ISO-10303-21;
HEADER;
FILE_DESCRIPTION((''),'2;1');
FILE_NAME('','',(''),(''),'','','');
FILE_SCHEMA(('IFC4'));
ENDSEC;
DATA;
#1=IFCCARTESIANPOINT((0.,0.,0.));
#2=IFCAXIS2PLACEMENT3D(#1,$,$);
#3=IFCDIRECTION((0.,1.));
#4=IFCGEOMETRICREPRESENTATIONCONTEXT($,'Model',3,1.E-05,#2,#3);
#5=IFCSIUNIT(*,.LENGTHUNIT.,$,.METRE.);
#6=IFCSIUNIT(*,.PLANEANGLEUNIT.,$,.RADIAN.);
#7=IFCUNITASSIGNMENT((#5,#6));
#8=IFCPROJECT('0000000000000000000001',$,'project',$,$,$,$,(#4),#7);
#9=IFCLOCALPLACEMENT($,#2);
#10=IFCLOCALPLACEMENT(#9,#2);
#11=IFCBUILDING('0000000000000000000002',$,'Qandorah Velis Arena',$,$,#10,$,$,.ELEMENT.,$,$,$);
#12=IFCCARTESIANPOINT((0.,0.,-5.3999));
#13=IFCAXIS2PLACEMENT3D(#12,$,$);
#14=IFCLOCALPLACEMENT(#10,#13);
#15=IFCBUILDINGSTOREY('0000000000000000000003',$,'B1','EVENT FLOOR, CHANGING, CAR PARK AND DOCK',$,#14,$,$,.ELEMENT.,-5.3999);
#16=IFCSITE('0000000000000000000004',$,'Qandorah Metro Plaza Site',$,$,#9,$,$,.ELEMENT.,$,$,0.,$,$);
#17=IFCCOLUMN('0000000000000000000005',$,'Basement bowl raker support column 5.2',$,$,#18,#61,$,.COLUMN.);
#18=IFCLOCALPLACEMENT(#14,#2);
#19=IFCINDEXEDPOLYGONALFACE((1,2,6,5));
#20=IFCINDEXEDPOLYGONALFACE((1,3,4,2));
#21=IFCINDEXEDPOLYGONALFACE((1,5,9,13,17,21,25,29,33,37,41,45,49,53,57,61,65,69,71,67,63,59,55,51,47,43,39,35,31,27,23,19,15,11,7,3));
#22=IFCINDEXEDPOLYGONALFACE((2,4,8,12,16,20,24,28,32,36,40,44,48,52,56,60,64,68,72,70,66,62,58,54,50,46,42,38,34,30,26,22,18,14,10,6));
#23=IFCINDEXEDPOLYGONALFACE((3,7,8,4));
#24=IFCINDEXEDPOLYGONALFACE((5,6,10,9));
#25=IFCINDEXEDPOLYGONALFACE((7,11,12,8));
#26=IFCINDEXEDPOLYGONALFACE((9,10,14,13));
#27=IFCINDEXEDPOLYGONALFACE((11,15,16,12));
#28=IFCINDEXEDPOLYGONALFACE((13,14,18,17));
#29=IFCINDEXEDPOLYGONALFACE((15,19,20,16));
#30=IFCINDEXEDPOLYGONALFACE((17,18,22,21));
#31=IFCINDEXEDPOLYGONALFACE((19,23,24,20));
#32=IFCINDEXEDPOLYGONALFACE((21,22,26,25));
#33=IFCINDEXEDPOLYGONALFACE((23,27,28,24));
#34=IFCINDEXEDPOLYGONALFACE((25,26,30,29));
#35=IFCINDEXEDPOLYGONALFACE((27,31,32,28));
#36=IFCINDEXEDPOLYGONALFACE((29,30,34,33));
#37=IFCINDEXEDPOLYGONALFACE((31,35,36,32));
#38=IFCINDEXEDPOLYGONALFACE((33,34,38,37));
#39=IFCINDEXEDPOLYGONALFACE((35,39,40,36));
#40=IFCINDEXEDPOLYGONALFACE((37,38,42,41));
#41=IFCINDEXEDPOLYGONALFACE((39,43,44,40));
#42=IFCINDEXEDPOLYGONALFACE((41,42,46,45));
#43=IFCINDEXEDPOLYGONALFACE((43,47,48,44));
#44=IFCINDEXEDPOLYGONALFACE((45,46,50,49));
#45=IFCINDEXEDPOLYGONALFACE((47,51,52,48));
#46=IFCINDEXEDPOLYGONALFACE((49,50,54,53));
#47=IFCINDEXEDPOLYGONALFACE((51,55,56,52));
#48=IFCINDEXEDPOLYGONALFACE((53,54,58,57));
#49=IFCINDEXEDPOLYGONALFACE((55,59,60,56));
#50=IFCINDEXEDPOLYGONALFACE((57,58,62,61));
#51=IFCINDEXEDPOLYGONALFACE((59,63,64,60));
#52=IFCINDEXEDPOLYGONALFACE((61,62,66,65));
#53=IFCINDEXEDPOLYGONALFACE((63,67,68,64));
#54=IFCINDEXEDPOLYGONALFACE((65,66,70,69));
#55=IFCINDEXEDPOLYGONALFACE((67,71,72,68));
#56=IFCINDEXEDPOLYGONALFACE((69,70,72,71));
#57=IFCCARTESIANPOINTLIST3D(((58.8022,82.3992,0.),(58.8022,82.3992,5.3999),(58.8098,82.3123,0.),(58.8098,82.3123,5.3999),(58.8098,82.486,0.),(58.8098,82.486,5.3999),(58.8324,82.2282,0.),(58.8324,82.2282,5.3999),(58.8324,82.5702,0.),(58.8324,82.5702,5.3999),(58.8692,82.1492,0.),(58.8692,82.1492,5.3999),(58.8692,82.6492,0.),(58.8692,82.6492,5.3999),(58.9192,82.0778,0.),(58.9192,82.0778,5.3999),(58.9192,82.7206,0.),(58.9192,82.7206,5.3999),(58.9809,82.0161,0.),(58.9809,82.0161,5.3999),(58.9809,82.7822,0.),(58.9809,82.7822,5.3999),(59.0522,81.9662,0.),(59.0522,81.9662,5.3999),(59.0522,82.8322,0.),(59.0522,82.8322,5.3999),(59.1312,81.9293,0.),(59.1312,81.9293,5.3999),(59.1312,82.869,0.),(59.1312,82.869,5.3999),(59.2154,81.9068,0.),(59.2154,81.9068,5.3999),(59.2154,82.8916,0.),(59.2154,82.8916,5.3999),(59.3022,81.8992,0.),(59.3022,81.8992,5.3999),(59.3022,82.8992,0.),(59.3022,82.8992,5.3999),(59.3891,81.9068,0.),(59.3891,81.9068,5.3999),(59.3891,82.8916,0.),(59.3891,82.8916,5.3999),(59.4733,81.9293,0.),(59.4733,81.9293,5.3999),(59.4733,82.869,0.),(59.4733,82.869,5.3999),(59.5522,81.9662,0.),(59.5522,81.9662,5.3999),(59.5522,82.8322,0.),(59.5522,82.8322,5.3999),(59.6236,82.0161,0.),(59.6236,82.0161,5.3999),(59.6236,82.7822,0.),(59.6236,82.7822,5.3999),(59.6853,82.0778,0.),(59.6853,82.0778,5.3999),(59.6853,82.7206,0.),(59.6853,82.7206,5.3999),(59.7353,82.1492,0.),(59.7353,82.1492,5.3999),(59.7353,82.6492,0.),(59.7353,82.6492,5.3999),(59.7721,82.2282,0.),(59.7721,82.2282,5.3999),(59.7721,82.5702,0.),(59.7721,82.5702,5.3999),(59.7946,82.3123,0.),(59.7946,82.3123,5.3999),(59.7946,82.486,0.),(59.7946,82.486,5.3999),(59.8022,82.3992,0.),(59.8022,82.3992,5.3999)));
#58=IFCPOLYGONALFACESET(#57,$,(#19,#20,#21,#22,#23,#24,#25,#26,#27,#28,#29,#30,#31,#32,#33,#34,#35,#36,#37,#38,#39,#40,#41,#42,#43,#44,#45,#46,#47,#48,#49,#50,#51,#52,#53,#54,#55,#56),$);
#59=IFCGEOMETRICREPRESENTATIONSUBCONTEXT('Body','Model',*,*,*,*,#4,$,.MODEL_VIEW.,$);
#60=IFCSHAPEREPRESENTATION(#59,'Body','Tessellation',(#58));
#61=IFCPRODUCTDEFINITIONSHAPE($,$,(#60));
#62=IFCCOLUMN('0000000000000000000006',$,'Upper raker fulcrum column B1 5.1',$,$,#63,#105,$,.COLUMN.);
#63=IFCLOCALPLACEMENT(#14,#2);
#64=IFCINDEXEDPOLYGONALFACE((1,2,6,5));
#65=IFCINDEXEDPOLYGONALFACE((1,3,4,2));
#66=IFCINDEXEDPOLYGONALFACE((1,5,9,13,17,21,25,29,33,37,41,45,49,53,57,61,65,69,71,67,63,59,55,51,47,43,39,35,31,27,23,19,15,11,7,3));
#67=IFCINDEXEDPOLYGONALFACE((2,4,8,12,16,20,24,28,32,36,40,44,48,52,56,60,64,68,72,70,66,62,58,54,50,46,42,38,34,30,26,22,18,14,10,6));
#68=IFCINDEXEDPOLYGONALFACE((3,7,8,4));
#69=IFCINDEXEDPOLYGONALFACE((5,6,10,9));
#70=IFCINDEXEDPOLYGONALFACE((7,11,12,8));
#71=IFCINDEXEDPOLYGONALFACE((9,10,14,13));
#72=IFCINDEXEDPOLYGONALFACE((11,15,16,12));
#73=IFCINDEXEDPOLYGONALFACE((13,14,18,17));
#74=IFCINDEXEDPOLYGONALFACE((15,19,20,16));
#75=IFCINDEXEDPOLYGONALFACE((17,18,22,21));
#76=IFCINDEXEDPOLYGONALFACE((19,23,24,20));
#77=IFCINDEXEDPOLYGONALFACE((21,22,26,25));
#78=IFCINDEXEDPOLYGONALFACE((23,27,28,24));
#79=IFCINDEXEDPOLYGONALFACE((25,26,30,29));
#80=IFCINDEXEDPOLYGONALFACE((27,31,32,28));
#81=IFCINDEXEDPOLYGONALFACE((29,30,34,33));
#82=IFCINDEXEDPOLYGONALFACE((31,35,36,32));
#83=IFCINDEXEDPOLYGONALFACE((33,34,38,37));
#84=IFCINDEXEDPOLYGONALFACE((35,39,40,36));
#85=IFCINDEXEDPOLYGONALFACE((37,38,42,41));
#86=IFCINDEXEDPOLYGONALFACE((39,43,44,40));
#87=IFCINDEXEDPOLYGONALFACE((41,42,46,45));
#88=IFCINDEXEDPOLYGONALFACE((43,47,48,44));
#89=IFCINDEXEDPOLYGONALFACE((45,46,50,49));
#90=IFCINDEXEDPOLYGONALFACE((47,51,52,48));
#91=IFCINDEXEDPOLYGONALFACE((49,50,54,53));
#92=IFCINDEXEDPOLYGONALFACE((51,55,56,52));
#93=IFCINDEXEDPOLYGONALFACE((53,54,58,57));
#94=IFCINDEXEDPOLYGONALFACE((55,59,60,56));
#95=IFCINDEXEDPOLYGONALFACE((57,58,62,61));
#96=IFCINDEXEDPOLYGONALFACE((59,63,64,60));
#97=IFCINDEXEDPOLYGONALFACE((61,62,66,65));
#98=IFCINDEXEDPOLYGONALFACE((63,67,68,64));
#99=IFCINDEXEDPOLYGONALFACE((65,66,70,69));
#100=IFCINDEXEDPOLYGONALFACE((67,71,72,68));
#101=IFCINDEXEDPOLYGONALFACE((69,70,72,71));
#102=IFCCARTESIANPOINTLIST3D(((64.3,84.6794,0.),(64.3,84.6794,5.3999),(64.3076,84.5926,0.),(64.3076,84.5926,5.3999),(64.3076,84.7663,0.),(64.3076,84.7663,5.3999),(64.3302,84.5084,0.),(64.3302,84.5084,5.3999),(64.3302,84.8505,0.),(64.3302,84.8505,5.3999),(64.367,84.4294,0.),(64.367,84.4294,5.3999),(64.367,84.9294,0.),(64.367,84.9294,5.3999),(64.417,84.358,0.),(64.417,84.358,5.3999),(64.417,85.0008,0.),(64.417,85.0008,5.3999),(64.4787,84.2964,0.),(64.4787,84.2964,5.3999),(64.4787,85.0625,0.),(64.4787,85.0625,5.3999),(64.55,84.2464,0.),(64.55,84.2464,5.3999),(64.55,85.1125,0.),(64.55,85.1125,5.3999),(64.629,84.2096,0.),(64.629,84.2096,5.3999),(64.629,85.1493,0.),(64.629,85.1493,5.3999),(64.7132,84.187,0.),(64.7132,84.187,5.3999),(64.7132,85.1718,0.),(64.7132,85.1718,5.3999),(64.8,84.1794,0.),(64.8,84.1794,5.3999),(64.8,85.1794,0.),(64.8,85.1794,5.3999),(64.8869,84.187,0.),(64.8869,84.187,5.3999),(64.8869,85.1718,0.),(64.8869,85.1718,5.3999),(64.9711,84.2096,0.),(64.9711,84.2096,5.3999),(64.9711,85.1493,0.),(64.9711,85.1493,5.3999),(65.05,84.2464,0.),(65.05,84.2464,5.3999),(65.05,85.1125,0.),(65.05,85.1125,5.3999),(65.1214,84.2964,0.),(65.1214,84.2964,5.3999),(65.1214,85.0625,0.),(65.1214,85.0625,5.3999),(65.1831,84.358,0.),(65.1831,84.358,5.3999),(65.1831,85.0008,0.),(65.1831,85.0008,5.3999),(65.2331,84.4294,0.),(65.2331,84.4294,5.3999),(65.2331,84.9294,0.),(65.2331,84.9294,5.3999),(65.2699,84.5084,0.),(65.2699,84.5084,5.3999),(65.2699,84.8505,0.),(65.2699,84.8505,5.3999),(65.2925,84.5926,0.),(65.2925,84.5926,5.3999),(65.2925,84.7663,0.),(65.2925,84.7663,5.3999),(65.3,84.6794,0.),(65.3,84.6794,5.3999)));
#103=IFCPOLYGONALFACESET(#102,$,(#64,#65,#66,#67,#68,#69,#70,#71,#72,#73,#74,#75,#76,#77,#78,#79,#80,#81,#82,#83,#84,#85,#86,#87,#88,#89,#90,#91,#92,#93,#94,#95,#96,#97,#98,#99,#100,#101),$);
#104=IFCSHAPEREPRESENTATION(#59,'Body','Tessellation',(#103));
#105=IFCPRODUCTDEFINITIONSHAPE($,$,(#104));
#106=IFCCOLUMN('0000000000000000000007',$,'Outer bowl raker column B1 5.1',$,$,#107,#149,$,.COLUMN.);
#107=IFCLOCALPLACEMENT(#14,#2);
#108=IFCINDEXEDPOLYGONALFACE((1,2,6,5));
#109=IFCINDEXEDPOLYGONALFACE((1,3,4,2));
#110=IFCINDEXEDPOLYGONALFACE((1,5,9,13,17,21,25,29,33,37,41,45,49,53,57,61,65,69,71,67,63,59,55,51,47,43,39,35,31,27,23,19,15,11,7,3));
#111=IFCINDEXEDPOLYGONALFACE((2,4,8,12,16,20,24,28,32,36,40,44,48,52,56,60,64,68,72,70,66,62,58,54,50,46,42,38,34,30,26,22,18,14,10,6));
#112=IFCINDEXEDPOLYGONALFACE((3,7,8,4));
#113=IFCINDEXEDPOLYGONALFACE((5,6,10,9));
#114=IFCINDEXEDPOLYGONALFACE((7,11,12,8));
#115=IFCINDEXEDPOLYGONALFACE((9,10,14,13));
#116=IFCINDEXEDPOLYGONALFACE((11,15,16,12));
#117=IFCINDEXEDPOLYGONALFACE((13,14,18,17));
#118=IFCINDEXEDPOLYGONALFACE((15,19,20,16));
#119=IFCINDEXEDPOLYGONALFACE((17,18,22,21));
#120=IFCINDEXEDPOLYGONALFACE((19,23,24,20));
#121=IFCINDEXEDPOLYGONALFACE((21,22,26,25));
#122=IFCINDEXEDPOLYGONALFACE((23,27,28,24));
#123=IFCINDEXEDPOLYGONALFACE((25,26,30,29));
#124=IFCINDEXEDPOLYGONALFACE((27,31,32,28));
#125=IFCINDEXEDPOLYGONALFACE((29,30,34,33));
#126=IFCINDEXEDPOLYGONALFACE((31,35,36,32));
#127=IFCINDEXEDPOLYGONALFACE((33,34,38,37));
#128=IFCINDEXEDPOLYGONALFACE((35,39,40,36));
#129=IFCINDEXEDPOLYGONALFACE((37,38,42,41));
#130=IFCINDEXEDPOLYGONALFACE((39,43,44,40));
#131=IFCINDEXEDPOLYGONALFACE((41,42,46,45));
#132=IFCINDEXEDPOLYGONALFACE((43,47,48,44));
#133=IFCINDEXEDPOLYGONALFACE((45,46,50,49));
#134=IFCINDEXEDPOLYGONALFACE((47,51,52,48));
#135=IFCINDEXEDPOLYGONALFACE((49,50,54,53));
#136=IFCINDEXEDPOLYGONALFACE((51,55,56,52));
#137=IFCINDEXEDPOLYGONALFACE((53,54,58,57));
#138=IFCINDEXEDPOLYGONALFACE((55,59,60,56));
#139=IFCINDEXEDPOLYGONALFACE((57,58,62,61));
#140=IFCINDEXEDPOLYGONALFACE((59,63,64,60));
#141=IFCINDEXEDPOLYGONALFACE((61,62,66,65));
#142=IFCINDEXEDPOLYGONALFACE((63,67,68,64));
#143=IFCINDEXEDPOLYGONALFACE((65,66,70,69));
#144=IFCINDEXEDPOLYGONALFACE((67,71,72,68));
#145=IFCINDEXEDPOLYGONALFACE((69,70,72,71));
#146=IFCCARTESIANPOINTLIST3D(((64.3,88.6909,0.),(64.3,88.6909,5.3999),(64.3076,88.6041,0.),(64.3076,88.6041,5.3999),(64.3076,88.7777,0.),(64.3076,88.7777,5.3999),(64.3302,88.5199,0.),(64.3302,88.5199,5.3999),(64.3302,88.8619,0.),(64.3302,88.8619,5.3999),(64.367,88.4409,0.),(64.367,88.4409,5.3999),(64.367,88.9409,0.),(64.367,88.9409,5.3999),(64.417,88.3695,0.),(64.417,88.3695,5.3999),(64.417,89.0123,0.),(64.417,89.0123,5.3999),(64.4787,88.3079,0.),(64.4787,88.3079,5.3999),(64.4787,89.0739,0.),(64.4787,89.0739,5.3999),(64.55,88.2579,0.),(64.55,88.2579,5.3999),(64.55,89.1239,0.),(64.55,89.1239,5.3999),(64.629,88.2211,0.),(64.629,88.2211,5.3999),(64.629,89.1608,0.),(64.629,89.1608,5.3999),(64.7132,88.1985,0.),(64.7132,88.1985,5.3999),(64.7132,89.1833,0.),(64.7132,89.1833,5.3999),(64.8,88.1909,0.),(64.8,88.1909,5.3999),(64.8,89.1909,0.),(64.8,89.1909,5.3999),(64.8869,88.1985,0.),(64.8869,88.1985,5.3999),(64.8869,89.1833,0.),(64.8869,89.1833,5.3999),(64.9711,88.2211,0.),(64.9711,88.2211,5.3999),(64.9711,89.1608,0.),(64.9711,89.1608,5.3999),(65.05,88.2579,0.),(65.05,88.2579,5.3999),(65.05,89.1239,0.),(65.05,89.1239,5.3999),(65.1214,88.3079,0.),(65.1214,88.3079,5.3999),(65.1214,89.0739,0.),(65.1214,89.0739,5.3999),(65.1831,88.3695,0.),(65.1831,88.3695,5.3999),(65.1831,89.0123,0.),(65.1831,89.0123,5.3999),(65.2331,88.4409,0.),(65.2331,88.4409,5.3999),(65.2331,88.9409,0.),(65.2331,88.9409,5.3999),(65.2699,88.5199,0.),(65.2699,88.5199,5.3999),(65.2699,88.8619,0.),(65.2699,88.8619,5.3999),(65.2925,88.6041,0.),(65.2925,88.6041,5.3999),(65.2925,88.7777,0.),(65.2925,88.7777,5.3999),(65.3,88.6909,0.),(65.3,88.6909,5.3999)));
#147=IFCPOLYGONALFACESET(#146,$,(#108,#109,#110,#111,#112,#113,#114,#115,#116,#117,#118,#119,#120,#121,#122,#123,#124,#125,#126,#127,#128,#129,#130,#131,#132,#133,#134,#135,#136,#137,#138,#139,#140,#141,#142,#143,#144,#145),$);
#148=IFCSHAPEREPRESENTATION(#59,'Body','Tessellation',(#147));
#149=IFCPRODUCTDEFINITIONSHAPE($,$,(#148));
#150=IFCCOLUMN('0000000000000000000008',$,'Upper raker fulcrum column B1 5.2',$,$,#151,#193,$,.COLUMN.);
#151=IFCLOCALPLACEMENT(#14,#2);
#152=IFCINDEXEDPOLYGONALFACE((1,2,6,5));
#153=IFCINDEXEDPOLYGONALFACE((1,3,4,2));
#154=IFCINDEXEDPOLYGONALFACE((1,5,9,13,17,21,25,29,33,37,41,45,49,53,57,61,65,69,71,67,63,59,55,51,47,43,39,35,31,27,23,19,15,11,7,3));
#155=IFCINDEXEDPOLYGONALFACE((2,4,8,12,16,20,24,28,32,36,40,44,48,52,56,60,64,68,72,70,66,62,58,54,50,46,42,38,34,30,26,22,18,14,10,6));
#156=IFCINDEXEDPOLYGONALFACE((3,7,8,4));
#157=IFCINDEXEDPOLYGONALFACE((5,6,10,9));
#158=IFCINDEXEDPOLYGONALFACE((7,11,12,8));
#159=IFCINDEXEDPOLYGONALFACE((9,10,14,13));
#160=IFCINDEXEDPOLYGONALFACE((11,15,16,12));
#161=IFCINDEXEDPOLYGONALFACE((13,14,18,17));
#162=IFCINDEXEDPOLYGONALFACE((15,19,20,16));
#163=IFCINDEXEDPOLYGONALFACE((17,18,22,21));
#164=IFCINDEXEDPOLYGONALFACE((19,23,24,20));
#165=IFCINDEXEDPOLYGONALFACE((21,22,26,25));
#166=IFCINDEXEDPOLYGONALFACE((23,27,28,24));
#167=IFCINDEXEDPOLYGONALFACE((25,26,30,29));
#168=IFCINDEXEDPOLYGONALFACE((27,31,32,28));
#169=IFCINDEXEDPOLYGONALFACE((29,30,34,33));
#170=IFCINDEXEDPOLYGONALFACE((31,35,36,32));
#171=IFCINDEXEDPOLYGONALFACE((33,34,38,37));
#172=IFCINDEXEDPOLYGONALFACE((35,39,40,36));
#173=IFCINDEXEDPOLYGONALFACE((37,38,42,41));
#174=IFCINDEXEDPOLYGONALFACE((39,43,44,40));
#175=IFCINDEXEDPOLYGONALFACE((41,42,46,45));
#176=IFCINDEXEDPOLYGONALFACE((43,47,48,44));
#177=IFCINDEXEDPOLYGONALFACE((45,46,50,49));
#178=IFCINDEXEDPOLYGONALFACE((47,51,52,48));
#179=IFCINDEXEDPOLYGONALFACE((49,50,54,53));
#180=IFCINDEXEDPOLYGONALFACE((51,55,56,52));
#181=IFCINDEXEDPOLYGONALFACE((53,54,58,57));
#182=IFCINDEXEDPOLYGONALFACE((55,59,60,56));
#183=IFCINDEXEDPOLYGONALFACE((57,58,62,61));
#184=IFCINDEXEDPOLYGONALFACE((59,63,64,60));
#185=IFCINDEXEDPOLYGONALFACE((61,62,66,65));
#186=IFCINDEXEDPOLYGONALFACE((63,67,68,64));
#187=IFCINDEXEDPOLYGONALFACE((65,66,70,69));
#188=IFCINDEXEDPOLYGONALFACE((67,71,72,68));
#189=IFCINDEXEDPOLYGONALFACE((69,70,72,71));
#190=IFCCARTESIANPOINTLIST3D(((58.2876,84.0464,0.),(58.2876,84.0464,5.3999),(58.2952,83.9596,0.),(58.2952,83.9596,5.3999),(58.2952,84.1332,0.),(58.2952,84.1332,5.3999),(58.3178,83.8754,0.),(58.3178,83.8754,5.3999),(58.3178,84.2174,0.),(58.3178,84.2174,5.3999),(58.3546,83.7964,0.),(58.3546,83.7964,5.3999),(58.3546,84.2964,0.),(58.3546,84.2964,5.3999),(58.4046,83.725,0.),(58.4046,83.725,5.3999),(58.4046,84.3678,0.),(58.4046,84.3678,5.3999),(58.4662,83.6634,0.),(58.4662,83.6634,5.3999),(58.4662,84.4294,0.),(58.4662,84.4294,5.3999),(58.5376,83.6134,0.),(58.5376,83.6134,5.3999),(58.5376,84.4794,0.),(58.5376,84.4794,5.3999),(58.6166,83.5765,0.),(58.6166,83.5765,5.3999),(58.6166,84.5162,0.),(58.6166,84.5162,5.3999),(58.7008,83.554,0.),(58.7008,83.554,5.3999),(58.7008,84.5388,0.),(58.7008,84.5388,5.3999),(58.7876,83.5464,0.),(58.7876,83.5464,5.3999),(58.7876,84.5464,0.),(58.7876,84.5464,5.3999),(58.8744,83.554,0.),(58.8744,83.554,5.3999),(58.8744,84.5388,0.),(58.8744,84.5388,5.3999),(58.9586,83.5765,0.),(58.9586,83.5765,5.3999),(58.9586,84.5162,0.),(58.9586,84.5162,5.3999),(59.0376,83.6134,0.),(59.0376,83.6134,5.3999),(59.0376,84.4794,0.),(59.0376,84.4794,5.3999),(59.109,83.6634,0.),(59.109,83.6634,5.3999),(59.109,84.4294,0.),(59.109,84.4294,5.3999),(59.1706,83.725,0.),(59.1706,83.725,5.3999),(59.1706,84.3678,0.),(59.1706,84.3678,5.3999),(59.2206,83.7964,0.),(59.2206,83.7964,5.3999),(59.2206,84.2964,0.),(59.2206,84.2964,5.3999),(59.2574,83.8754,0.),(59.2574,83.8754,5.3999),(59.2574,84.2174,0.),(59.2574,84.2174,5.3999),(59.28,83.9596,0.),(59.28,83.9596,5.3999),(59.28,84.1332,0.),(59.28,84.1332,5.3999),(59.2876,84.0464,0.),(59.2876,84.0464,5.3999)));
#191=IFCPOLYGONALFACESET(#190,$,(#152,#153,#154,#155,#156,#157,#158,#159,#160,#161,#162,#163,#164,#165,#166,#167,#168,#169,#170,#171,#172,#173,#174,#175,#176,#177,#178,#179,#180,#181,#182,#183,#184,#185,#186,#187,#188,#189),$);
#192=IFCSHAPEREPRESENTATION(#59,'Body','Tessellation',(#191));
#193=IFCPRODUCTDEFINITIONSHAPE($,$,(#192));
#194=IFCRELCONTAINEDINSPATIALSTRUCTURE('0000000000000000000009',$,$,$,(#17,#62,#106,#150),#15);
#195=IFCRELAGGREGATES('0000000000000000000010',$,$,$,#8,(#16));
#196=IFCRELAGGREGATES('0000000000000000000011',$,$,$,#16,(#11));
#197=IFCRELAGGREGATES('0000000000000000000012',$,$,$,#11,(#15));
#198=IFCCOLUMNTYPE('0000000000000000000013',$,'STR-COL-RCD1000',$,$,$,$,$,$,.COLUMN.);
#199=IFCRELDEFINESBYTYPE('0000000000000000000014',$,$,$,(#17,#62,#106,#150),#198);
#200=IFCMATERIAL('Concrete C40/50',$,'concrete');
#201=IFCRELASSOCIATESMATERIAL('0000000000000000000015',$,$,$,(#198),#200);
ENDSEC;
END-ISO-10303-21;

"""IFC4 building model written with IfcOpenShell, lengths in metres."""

from ifc_helpers import new_model, si_unit, direction, frame, origin, origin_2d, place, context, subcontext, project, spatial, circle, extrude, material, material_profile, profile_set, type_object, element, save


model = new_model("IFC4")

# Units and contexts
model_context = context("Model", 3, precision=1e-05, world=origin(), true_north=direction((0.0, 1.0)))
body_context = subcontext(model_context, "Body", "Model", "MODEL_VIEW")
ifc_project = project(units=[si_unit("LENGTHUNIT", "METRE"), si_unit("PLANEANGLEUNIT", "RADIAN")], contexts=[model_context])

# Site, building, storey
site_placement = place(None, origin())
site = spatial("IfcSite", under=ifc_project, at=site_placement, Name="Qandorah Metro Plaza Site", CompositionType="ELEMENT", RefElevation=0.0)
building_placement = place(site_placement, origin())
building = spatial("IfcBuilding", under=site, at=building_placement, Name="Qandorah Velis Arena", CompositionType="ELEMENT")
storey_placement = place(building_placement, frame((0.0, 0.0, -5.3999)))
storey = spatial("IfcBuildingStorey", under=building, at=storey_placement, Name="B1", Description="EVENT FLOOR, CHANGING, CAR PARK AND DOCK", CompositionType="ELEMENT", Elevation=-5.3999)

# Shared definitions
ifc_material = material(Name="Concrete C40/50", Category="concrete")

# Columns
ifc_material_profile_1 = material_profile(ifc_material, circle(Radius=0.5, at=origin_2d()), Name="RC D1000")
ifc_profile_set_1 = profile_set([ifc_material_profile_1], Name="Concrete C40/50")
column_type_1 = type_object("IfcColumnType", Name="STR-COL-RCD1000", PredefinedType="COLUMN", material=ifc_profile_set_1)
for number, where, z_axis, x_axis, name in (
    (1, (59.3022, 82.3992, 0.0), (0.0, 0.0, 1.0), (1.0, 0.0, 0.0), "Basement bowl raker support column 5.2"),
    (2, (64.8, 84.6794, 0.0), (0.0, 0.0, 1.0), (1.0, 0.0, 0.0), "Upper raker fulcrum column B1 5.1"),
    (3, (64.8, 88.6909, 0.0), (0.0, 0.0, 1.0), (1.0, 0.0, 0.0), "Outer bowl raker column B1 5.1"),
    (4, (58.7876, 84.0464, 0.0), (0.0, 0.0, 1.0), (1.0, 0.0, 0.0), "Upper raker fulcrum column B1 5.2"),
):
    element("IfcColumn", number, at=place(storey_placement, frame(where, z_axis=z_axis, x_axis=x_axis)), inside=storey, type_object=column_type_1, Name=name, PredefinedType="COLUMN", context=body_context, shape_type="SweptSolid", body=[
        extrude(circle(Radius=0.5, at=origin_2d()), origin(), (0.0, 0.0, 1.0), 5.3999),
    ])

save(model, "model.ifc")
